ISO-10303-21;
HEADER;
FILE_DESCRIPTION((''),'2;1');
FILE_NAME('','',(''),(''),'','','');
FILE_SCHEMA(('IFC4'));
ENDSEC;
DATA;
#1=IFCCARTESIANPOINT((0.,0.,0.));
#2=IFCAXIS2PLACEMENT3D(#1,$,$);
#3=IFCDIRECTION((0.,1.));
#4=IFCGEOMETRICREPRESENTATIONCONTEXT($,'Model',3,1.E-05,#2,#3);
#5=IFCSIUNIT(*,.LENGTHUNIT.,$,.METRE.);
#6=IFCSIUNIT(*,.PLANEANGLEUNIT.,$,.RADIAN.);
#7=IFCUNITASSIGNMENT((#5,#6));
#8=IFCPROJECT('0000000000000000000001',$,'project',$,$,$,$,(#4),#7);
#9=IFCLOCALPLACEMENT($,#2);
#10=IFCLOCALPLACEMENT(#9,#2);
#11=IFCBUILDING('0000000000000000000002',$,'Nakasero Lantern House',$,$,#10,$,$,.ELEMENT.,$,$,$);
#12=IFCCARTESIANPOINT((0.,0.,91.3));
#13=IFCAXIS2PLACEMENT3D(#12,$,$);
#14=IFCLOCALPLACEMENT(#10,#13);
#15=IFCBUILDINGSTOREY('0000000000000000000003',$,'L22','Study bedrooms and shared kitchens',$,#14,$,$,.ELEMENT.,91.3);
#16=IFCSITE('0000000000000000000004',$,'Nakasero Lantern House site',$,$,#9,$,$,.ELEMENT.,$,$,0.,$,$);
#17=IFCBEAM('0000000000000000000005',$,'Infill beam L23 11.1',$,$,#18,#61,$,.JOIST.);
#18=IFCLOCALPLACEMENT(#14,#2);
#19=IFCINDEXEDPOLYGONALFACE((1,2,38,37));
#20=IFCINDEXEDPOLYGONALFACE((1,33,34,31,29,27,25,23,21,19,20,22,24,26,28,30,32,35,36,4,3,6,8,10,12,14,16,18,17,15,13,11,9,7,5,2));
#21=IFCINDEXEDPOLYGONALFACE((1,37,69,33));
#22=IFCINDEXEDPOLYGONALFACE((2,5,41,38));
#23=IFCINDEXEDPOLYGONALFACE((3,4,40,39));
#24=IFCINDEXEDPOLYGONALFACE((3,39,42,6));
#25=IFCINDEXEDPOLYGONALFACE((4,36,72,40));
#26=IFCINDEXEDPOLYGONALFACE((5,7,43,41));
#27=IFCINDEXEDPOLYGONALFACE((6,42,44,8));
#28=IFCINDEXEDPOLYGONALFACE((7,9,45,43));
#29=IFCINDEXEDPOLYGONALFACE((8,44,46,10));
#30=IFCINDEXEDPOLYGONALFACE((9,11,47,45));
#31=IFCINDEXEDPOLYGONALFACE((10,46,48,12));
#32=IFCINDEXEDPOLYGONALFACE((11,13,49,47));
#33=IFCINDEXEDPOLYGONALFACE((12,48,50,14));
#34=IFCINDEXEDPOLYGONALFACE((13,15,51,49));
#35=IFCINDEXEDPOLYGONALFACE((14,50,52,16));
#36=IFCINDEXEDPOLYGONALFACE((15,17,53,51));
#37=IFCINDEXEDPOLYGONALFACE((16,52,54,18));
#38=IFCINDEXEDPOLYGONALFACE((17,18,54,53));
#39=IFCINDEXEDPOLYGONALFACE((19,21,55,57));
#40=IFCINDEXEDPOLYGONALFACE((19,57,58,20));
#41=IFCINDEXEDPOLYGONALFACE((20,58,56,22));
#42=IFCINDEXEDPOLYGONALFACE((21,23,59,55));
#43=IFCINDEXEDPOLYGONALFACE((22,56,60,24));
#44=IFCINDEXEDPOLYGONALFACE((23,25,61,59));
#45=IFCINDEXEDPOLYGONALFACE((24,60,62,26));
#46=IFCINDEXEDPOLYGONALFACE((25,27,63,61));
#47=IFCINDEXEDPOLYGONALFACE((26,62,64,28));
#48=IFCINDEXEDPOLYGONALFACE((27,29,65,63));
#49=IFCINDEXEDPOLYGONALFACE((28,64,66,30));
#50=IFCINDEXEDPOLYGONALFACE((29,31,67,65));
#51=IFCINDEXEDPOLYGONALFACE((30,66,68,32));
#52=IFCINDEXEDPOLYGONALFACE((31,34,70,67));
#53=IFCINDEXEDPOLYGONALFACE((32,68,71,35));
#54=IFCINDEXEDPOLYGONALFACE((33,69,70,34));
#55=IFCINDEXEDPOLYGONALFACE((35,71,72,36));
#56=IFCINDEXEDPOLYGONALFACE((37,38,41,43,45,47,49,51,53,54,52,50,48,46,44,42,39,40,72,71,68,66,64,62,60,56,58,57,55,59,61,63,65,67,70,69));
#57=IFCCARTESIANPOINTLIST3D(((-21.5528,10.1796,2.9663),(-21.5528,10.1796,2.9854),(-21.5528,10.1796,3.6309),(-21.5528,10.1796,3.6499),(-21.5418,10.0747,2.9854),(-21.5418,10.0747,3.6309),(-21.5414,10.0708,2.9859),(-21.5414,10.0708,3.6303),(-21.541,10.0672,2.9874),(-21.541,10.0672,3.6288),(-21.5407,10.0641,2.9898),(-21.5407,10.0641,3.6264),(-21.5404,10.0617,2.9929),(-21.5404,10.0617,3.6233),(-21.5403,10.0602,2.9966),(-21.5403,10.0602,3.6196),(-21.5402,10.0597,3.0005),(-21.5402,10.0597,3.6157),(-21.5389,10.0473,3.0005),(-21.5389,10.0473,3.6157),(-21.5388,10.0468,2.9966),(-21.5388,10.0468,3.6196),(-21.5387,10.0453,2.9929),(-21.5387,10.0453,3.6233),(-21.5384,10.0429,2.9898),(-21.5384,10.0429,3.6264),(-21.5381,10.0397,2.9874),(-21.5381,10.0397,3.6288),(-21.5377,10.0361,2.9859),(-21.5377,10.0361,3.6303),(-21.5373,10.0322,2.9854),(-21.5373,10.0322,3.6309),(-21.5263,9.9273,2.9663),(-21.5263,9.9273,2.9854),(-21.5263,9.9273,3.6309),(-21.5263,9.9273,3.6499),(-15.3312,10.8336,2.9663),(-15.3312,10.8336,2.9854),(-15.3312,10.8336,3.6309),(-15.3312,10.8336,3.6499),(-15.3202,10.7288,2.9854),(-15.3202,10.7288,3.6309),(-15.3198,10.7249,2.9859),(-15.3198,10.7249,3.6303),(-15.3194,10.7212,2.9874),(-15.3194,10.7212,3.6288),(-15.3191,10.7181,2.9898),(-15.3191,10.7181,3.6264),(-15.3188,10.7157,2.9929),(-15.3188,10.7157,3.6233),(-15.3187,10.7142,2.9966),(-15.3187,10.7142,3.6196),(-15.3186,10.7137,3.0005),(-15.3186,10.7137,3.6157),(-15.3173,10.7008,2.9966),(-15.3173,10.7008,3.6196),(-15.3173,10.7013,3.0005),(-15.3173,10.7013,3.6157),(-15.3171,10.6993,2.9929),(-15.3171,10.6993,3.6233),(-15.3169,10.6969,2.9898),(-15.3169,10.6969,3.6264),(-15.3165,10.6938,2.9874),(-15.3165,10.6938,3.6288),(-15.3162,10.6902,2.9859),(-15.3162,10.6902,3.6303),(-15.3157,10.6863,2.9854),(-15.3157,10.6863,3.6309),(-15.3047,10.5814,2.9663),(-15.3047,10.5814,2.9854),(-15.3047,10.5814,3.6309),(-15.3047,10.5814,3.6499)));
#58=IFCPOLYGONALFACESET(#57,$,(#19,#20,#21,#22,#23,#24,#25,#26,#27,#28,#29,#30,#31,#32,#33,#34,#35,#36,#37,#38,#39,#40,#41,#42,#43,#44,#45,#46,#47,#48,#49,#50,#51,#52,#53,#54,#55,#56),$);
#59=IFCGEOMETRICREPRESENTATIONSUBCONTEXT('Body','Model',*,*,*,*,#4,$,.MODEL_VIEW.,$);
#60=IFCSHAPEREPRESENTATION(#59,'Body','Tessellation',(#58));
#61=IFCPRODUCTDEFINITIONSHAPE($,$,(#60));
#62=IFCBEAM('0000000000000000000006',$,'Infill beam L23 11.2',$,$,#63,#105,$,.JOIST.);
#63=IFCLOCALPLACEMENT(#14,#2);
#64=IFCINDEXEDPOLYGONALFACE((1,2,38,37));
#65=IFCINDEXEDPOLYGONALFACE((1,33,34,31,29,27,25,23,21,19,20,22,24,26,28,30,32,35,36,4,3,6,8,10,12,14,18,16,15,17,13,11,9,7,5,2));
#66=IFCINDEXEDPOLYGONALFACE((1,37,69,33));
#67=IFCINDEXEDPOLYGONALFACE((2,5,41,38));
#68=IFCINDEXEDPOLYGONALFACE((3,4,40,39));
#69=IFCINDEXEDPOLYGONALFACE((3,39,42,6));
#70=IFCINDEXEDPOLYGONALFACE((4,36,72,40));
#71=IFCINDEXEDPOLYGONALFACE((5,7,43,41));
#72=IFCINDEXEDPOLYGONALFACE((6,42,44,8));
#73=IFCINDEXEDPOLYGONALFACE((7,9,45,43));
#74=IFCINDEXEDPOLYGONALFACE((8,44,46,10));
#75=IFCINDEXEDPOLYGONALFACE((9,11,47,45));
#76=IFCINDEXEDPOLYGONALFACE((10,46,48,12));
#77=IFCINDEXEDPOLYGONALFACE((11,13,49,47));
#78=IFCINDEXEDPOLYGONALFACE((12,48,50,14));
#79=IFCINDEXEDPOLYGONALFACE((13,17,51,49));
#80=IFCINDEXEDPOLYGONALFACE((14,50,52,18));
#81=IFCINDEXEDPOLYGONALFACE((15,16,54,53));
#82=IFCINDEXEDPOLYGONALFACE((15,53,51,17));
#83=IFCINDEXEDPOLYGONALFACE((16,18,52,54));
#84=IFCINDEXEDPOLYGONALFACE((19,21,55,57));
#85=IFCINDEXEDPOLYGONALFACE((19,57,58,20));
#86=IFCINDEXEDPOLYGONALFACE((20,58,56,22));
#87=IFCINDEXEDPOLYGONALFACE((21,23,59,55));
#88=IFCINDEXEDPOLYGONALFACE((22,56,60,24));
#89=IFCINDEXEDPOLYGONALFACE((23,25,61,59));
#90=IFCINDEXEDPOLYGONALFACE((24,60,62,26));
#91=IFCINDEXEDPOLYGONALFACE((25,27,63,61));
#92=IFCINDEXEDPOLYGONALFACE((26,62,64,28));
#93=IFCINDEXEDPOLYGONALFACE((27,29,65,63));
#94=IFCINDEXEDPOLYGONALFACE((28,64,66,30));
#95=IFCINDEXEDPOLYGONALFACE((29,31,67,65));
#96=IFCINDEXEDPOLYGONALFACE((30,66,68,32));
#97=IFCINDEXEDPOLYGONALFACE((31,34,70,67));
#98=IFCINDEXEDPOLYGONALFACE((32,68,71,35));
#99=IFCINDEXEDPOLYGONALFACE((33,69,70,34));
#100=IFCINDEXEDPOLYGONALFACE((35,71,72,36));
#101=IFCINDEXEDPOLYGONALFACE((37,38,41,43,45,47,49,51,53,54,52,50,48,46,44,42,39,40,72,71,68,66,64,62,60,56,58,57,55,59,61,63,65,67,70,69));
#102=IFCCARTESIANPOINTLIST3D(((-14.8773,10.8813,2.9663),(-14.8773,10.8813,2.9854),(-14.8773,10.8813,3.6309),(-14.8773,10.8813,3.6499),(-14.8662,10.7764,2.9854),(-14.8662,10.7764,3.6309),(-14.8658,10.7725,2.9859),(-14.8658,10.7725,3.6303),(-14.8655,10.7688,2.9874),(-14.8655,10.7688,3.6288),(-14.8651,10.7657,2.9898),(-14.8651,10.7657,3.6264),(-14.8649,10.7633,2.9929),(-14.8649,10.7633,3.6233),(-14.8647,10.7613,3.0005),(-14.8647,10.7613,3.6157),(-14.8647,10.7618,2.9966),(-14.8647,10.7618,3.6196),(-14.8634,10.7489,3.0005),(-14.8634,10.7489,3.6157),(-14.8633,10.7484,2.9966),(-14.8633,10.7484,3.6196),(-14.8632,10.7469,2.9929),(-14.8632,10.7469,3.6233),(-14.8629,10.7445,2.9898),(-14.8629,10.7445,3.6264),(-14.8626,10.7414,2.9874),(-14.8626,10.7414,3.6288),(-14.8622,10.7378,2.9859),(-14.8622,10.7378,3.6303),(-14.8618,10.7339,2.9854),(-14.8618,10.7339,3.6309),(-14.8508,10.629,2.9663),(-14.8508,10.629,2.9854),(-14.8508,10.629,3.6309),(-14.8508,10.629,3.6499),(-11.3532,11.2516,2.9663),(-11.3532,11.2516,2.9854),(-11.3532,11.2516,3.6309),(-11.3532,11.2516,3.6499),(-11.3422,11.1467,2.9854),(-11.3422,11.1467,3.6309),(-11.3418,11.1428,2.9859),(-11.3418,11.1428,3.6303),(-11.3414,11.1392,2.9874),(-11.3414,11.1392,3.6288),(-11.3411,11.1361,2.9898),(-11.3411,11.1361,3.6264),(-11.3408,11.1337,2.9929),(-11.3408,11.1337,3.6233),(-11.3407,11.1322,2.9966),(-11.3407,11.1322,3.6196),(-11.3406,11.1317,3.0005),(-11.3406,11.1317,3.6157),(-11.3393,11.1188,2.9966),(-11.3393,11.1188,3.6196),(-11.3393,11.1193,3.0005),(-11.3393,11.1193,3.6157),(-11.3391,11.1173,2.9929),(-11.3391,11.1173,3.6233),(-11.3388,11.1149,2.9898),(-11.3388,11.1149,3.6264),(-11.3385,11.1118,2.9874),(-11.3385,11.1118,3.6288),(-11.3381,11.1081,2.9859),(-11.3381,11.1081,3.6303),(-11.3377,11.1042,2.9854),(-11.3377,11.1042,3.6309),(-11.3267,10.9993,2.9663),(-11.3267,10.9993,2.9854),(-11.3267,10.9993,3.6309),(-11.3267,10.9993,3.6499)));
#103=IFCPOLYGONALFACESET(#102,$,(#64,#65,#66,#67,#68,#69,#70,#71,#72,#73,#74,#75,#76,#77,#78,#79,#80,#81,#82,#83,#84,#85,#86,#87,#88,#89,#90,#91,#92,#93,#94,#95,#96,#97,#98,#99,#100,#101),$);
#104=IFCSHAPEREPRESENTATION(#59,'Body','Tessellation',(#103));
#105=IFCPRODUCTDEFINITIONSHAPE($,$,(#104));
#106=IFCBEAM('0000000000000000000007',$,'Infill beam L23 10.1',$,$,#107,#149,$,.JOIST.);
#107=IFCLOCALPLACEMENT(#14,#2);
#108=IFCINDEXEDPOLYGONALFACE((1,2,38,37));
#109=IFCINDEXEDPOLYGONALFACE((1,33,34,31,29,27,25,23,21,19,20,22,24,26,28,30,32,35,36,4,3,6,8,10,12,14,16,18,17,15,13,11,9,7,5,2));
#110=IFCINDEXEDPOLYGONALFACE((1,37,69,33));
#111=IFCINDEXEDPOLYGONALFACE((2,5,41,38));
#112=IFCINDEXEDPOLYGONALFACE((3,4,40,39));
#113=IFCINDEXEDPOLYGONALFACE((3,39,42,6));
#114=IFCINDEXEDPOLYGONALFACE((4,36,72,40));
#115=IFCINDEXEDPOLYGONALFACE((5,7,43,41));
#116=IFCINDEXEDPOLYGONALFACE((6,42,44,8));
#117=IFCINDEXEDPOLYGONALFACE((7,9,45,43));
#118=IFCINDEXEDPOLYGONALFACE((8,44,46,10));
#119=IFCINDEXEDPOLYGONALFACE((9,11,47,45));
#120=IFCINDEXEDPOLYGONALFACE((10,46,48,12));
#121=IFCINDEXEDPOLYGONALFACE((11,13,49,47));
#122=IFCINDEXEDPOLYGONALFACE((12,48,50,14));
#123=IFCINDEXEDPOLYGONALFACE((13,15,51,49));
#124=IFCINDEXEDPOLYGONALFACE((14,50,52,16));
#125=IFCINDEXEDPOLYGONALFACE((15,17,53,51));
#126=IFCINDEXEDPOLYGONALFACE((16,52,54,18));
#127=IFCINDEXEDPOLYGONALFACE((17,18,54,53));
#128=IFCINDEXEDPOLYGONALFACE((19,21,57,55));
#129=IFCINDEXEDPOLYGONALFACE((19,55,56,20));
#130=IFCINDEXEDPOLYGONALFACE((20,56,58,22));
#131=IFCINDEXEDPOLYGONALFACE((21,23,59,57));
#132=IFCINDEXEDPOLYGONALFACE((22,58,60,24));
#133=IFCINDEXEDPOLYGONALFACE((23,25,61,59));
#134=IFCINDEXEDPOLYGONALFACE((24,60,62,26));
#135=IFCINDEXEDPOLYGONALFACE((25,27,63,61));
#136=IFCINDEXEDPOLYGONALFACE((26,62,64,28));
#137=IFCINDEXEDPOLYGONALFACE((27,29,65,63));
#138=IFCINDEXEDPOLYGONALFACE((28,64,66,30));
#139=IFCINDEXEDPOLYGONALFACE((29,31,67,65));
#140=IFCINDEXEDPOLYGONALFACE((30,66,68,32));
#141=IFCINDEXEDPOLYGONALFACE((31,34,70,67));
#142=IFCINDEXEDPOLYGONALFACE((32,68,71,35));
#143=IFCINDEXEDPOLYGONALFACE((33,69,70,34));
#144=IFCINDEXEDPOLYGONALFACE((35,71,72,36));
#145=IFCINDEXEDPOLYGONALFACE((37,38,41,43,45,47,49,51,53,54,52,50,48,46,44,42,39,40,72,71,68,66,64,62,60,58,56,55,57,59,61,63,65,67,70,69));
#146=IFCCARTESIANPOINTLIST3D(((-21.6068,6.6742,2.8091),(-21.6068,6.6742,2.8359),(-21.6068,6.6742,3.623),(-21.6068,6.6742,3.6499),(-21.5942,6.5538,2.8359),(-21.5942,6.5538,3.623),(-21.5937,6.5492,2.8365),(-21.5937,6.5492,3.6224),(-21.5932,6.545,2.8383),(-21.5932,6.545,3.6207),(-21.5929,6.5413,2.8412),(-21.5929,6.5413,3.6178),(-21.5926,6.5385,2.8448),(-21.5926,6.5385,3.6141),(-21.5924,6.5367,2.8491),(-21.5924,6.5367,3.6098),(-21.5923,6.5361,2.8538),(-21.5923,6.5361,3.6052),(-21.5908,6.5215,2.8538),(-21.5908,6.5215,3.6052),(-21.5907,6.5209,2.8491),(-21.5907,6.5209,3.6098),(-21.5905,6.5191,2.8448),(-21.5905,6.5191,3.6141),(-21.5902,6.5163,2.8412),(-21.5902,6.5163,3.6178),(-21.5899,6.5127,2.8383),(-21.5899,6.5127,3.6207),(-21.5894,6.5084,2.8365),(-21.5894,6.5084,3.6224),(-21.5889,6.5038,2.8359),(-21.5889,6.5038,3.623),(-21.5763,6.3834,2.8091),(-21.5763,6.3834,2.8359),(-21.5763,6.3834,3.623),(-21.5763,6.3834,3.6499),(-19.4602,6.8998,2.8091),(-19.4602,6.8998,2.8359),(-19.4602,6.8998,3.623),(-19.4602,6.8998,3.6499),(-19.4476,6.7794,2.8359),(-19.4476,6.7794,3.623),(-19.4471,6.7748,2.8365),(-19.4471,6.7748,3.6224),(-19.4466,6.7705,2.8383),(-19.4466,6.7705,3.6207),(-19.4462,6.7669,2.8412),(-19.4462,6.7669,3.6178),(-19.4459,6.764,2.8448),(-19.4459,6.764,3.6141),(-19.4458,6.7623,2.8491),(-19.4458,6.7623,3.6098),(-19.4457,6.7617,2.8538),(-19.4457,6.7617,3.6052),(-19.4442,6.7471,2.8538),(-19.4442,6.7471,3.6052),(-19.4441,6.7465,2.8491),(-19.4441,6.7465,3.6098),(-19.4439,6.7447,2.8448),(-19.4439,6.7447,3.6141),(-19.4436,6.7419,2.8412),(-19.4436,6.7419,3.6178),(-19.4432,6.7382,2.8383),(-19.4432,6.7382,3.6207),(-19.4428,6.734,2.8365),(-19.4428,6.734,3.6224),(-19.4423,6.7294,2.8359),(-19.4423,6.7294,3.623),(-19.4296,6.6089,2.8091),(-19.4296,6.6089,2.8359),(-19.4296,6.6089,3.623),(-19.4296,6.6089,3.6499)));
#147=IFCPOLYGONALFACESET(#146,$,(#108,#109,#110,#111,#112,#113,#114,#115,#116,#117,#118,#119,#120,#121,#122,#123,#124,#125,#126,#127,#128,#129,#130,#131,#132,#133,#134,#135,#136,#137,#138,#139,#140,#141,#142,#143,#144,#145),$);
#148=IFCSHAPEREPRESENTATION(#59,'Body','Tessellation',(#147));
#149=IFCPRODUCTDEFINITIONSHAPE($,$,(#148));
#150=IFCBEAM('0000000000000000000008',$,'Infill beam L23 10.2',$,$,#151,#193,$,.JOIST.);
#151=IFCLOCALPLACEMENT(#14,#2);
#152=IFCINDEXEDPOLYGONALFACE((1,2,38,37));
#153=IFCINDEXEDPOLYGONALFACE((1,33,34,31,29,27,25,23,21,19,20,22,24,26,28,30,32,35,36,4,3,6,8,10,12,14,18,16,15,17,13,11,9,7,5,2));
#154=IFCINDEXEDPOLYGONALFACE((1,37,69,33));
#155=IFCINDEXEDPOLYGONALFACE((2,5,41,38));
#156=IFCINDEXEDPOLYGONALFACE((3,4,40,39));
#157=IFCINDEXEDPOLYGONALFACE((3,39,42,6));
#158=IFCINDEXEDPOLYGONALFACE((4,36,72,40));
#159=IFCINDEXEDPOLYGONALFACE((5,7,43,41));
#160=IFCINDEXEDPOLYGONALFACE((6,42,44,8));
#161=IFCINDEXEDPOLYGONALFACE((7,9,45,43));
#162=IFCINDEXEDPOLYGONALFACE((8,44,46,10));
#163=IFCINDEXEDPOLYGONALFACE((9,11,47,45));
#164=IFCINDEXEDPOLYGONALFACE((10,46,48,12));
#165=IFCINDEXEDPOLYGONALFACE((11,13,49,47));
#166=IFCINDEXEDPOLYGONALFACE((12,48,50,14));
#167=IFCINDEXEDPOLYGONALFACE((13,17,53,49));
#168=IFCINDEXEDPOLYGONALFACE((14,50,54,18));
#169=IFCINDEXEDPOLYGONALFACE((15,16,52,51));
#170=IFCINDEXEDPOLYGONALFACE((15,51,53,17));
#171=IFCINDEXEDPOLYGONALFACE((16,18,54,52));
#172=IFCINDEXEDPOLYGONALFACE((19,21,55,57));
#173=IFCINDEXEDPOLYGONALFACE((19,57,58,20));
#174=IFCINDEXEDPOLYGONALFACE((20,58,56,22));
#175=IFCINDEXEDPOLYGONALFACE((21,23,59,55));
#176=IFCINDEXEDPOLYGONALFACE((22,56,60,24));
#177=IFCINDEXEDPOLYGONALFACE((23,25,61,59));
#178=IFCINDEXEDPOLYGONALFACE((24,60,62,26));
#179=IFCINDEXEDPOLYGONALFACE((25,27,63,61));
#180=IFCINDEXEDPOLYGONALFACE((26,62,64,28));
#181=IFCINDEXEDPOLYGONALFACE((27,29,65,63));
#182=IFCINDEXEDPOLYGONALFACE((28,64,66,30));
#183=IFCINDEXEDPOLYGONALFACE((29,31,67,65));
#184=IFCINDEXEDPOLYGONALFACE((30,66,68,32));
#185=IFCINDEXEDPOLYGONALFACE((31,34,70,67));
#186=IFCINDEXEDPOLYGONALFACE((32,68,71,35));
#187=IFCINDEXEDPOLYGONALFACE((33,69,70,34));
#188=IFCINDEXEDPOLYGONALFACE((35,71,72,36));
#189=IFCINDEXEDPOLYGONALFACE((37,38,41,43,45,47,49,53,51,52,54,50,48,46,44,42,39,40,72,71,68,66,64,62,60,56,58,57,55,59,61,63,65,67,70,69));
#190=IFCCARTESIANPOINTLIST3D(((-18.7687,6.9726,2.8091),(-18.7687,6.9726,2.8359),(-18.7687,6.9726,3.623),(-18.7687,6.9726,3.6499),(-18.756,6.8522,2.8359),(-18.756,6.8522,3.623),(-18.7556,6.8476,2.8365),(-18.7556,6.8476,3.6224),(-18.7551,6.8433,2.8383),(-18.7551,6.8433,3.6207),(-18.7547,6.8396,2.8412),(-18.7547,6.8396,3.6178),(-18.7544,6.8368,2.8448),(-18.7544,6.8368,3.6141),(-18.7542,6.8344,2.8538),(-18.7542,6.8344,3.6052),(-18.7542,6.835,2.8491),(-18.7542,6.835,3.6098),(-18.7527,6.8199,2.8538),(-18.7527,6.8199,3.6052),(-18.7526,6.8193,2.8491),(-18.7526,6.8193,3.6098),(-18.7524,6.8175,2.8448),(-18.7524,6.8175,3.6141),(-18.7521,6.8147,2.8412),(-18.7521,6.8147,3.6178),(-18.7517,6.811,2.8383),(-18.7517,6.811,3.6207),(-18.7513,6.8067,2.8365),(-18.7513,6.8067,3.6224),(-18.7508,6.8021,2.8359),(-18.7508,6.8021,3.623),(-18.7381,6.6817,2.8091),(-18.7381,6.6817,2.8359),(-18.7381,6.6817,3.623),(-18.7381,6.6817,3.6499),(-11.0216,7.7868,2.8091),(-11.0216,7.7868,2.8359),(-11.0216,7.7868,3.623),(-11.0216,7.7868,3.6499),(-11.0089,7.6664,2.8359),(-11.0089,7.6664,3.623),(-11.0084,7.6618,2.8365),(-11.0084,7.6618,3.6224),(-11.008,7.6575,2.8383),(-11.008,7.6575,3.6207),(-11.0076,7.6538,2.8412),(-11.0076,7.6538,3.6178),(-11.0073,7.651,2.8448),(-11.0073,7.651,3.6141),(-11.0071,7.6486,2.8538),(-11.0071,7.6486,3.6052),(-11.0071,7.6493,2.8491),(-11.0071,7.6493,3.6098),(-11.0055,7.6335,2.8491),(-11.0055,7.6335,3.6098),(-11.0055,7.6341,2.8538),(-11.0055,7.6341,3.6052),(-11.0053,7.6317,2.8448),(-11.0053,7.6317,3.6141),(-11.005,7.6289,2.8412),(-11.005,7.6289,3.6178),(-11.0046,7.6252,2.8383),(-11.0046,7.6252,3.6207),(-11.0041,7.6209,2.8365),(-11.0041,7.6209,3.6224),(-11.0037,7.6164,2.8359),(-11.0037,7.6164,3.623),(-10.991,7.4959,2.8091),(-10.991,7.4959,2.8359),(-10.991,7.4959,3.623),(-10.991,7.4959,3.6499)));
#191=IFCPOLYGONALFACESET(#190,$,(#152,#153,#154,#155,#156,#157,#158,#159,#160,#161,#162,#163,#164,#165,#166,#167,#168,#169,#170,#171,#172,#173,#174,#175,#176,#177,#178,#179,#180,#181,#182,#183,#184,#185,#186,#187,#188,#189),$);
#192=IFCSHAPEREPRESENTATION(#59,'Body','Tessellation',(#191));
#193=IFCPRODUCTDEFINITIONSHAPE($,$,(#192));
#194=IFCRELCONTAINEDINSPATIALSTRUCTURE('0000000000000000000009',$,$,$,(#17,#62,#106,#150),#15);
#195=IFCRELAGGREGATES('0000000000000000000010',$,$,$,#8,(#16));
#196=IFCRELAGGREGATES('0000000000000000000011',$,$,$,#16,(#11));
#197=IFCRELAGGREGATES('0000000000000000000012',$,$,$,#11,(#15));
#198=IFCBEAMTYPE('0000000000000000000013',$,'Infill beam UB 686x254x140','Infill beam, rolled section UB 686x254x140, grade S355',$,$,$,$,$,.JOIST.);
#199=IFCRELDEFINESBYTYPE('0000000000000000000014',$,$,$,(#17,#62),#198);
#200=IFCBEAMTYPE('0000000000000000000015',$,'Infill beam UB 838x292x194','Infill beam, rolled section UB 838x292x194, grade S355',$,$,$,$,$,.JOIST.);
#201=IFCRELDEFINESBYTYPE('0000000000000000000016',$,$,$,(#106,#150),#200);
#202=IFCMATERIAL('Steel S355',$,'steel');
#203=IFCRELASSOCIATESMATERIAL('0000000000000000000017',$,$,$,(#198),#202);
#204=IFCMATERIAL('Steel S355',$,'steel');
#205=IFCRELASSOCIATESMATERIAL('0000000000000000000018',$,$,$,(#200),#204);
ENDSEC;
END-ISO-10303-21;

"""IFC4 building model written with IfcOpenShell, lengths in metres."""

from ifc_helpers import new_model, si_unit, direction, frame, origin, origin_2d, place, context, subcontext, project, spatial, i_section, extrude, material, material_profile, profile_set, type_object, element, save


model = new_model("IFC4")

# Units and contexts
model_context = context("Model", 3, precision=1e-05, world=origin(), true_north=direction((0.0, 1.0)))
body_context = subcontext(model_context, "Body", "Model", "MODEL_VIEW")
ifc_project = project(units=[si_unit("LENGTHUNIT", "METRE"), si_unit("PLANEANGLEUNIT", "RADIAN")], contexts=[model_context])

# Site, building, storey
site_placement = place(None, origin())
site = spatial("IfcSite", under=ifc_project, at=site_placement, Name="Nakasero Lantern House site", CompositionType="ELEMENT", RefElevation=0.0)
building_placement = place(site_placement, origin())
building = spatial("IfcBuilding", under=site, at=building_placement, Name="Nakasero Lantern House", CompositionType="ELEMENT")
storey_placement = place(building_placement, frame((0.0, 0.0, 91.3)))
storey = spatial("IfcBuildingStorey", under=building, at=storey_placement, Name="L22", Description="Study bedrooms and shared kitchens", CompositionType="ELEMENT", Elevation=91.3)

# Beams
ifc_material_1 = material(Name="Steel S355", Category="steel")
ifc_material_profile_1 = material_profile(ifc_material_1, i_section(OverallWidth=0.2537, OverallDepth=0.6836, WebThickness=0.0125, FlangeThickness=0.019, FilletRadius=0.0151, at=origin_2d()), Name="UB 686x254x140")
ifc_profile_set_1 = profile_set([ifc_material_profile_1], Name="Steel S355")
beam_type_1 = type_object("IfcBeamType", Name="Infill beam UB 686x254x140", Description="Infill beam, rolled section UB 686x254x140, grade S355", PredefinedType="JOIST", material=ifc_profile_set_1)
beam_1_placement = place(storey_placement, frame((-21.5396, 10.0535, 3.3081), z_axis=(0.99452, 0.104549, 0.0), x_axis=(-0.104549, 0.99452, 0.0)))
element("IfcBeam", 1, at=beam_1_placement, inside=storey, type_object=beam_type_1, Name="Infill beam L23 11.1", PredefinedType="JOIST", context=body_context, shape_type="SweptSolid", body=[
    extrude(i_section(OverallWidth=0.2537, OverallDepth=0.6836, WebThickness=0.0125, FlangeThickness=0.019, FilletRadius=0.0151, at=origin_2d()), origin(), (0.0, 0.0, 1.0), 6.2559),
])
beam_2_placement = place(storey_placement, frame((-14.864, 10.7551, 3.3081), z_axis=(0.994523, 0.104516, 0.0), x_axis=(-0.104516, 0.994523, 0.0)))
element("IfcBeam", 2, at=beam_2_placement, inside=storey, type_object=beam_type_1, Name="Infill beam L23 11.2", PredefinedType="JOIST", context=body_context, shape_type="SweptSolid", body=[
    extrude(i_section(OverallWidth=0.2537, OverallDepth=0.6836, WebThickness=0.0125, FlangeThickness=0.019, FilletRadius=0.0151, at=origin_2d()), origin(), (0.0, 0.0, 1.0), 3.5435),
])
ifc_material_2 = material(Name="Steel S355", Category="steel")
ifc_material_profile_2 = material_profile(ifc_material_2, i_section(OverallWidth=0.2925, OverallDepth=0.8408, WebThickness=0.0146, FlangeThickness=0.0269, FilletRadius=0.0178, at=origin_2d()), Name="UB 838x292x194")
ifc_profile_set_2 = profile_set([ifc_material_profile_2], Name="Steel S355")
beam_type_2 = type_object("IfcBeamType", Name="Infill beam UB 838x292x194", Description="Infill beam, rolled section UB 838x292x194, grade S355", PredefinedType="JOIST", material=ifc_profile_set_2)
beam_3_placement = place(storey_placement, frame((-21.5916, 6.5288, 3.2295), z_axis=(0.994524, 0.104508, 0.0), x_axis=(-0.104508, 0.994524, 0.0)))
element("IfcBeam", 3, at=beam_3_placement, inside=storey, type_object=beam_type_2, Name="Infill beam L23 10.1", PredefinedType="JOIST", context=body_context, shape_type="SweptSolid", body=[
    extrude(i_section(OverallWidth=0.2925, OverallDepth=0.8408, WebThickness=0.0146, FlangeThickness=0.0269, FilletRadius=0.0178, at=origin_2d()), origin(), (0.0, 0.0, 1.0), 2.1584),
])
beam_4_placement = place(storey_placement, frame((-18.7534, 6.8271, 3.2295), z_axis=(0.994522, 0.104523, 0.0), x_axis=(-0.104523, 0.994522, 0.0)))
element("IfcBeam", 4, at=beam_4_placement, inside=storey, type_object=beam_type_2, Name="Infill beam L23 10.2", PredefinedType="JOIST", context=body_context, shape_type="SweptSolid", body=[
    extrude(i_section(OverallWidth=0.2925, OverallDepth=0.8408, WebThickness=0.0146, FlangeThickness=0.0269, FilletRadius=0.0178, at=origin_2d()), origin(), (0.0, 0.0, 1.0), 7.7898),
])

save(model, "model.ifc")
